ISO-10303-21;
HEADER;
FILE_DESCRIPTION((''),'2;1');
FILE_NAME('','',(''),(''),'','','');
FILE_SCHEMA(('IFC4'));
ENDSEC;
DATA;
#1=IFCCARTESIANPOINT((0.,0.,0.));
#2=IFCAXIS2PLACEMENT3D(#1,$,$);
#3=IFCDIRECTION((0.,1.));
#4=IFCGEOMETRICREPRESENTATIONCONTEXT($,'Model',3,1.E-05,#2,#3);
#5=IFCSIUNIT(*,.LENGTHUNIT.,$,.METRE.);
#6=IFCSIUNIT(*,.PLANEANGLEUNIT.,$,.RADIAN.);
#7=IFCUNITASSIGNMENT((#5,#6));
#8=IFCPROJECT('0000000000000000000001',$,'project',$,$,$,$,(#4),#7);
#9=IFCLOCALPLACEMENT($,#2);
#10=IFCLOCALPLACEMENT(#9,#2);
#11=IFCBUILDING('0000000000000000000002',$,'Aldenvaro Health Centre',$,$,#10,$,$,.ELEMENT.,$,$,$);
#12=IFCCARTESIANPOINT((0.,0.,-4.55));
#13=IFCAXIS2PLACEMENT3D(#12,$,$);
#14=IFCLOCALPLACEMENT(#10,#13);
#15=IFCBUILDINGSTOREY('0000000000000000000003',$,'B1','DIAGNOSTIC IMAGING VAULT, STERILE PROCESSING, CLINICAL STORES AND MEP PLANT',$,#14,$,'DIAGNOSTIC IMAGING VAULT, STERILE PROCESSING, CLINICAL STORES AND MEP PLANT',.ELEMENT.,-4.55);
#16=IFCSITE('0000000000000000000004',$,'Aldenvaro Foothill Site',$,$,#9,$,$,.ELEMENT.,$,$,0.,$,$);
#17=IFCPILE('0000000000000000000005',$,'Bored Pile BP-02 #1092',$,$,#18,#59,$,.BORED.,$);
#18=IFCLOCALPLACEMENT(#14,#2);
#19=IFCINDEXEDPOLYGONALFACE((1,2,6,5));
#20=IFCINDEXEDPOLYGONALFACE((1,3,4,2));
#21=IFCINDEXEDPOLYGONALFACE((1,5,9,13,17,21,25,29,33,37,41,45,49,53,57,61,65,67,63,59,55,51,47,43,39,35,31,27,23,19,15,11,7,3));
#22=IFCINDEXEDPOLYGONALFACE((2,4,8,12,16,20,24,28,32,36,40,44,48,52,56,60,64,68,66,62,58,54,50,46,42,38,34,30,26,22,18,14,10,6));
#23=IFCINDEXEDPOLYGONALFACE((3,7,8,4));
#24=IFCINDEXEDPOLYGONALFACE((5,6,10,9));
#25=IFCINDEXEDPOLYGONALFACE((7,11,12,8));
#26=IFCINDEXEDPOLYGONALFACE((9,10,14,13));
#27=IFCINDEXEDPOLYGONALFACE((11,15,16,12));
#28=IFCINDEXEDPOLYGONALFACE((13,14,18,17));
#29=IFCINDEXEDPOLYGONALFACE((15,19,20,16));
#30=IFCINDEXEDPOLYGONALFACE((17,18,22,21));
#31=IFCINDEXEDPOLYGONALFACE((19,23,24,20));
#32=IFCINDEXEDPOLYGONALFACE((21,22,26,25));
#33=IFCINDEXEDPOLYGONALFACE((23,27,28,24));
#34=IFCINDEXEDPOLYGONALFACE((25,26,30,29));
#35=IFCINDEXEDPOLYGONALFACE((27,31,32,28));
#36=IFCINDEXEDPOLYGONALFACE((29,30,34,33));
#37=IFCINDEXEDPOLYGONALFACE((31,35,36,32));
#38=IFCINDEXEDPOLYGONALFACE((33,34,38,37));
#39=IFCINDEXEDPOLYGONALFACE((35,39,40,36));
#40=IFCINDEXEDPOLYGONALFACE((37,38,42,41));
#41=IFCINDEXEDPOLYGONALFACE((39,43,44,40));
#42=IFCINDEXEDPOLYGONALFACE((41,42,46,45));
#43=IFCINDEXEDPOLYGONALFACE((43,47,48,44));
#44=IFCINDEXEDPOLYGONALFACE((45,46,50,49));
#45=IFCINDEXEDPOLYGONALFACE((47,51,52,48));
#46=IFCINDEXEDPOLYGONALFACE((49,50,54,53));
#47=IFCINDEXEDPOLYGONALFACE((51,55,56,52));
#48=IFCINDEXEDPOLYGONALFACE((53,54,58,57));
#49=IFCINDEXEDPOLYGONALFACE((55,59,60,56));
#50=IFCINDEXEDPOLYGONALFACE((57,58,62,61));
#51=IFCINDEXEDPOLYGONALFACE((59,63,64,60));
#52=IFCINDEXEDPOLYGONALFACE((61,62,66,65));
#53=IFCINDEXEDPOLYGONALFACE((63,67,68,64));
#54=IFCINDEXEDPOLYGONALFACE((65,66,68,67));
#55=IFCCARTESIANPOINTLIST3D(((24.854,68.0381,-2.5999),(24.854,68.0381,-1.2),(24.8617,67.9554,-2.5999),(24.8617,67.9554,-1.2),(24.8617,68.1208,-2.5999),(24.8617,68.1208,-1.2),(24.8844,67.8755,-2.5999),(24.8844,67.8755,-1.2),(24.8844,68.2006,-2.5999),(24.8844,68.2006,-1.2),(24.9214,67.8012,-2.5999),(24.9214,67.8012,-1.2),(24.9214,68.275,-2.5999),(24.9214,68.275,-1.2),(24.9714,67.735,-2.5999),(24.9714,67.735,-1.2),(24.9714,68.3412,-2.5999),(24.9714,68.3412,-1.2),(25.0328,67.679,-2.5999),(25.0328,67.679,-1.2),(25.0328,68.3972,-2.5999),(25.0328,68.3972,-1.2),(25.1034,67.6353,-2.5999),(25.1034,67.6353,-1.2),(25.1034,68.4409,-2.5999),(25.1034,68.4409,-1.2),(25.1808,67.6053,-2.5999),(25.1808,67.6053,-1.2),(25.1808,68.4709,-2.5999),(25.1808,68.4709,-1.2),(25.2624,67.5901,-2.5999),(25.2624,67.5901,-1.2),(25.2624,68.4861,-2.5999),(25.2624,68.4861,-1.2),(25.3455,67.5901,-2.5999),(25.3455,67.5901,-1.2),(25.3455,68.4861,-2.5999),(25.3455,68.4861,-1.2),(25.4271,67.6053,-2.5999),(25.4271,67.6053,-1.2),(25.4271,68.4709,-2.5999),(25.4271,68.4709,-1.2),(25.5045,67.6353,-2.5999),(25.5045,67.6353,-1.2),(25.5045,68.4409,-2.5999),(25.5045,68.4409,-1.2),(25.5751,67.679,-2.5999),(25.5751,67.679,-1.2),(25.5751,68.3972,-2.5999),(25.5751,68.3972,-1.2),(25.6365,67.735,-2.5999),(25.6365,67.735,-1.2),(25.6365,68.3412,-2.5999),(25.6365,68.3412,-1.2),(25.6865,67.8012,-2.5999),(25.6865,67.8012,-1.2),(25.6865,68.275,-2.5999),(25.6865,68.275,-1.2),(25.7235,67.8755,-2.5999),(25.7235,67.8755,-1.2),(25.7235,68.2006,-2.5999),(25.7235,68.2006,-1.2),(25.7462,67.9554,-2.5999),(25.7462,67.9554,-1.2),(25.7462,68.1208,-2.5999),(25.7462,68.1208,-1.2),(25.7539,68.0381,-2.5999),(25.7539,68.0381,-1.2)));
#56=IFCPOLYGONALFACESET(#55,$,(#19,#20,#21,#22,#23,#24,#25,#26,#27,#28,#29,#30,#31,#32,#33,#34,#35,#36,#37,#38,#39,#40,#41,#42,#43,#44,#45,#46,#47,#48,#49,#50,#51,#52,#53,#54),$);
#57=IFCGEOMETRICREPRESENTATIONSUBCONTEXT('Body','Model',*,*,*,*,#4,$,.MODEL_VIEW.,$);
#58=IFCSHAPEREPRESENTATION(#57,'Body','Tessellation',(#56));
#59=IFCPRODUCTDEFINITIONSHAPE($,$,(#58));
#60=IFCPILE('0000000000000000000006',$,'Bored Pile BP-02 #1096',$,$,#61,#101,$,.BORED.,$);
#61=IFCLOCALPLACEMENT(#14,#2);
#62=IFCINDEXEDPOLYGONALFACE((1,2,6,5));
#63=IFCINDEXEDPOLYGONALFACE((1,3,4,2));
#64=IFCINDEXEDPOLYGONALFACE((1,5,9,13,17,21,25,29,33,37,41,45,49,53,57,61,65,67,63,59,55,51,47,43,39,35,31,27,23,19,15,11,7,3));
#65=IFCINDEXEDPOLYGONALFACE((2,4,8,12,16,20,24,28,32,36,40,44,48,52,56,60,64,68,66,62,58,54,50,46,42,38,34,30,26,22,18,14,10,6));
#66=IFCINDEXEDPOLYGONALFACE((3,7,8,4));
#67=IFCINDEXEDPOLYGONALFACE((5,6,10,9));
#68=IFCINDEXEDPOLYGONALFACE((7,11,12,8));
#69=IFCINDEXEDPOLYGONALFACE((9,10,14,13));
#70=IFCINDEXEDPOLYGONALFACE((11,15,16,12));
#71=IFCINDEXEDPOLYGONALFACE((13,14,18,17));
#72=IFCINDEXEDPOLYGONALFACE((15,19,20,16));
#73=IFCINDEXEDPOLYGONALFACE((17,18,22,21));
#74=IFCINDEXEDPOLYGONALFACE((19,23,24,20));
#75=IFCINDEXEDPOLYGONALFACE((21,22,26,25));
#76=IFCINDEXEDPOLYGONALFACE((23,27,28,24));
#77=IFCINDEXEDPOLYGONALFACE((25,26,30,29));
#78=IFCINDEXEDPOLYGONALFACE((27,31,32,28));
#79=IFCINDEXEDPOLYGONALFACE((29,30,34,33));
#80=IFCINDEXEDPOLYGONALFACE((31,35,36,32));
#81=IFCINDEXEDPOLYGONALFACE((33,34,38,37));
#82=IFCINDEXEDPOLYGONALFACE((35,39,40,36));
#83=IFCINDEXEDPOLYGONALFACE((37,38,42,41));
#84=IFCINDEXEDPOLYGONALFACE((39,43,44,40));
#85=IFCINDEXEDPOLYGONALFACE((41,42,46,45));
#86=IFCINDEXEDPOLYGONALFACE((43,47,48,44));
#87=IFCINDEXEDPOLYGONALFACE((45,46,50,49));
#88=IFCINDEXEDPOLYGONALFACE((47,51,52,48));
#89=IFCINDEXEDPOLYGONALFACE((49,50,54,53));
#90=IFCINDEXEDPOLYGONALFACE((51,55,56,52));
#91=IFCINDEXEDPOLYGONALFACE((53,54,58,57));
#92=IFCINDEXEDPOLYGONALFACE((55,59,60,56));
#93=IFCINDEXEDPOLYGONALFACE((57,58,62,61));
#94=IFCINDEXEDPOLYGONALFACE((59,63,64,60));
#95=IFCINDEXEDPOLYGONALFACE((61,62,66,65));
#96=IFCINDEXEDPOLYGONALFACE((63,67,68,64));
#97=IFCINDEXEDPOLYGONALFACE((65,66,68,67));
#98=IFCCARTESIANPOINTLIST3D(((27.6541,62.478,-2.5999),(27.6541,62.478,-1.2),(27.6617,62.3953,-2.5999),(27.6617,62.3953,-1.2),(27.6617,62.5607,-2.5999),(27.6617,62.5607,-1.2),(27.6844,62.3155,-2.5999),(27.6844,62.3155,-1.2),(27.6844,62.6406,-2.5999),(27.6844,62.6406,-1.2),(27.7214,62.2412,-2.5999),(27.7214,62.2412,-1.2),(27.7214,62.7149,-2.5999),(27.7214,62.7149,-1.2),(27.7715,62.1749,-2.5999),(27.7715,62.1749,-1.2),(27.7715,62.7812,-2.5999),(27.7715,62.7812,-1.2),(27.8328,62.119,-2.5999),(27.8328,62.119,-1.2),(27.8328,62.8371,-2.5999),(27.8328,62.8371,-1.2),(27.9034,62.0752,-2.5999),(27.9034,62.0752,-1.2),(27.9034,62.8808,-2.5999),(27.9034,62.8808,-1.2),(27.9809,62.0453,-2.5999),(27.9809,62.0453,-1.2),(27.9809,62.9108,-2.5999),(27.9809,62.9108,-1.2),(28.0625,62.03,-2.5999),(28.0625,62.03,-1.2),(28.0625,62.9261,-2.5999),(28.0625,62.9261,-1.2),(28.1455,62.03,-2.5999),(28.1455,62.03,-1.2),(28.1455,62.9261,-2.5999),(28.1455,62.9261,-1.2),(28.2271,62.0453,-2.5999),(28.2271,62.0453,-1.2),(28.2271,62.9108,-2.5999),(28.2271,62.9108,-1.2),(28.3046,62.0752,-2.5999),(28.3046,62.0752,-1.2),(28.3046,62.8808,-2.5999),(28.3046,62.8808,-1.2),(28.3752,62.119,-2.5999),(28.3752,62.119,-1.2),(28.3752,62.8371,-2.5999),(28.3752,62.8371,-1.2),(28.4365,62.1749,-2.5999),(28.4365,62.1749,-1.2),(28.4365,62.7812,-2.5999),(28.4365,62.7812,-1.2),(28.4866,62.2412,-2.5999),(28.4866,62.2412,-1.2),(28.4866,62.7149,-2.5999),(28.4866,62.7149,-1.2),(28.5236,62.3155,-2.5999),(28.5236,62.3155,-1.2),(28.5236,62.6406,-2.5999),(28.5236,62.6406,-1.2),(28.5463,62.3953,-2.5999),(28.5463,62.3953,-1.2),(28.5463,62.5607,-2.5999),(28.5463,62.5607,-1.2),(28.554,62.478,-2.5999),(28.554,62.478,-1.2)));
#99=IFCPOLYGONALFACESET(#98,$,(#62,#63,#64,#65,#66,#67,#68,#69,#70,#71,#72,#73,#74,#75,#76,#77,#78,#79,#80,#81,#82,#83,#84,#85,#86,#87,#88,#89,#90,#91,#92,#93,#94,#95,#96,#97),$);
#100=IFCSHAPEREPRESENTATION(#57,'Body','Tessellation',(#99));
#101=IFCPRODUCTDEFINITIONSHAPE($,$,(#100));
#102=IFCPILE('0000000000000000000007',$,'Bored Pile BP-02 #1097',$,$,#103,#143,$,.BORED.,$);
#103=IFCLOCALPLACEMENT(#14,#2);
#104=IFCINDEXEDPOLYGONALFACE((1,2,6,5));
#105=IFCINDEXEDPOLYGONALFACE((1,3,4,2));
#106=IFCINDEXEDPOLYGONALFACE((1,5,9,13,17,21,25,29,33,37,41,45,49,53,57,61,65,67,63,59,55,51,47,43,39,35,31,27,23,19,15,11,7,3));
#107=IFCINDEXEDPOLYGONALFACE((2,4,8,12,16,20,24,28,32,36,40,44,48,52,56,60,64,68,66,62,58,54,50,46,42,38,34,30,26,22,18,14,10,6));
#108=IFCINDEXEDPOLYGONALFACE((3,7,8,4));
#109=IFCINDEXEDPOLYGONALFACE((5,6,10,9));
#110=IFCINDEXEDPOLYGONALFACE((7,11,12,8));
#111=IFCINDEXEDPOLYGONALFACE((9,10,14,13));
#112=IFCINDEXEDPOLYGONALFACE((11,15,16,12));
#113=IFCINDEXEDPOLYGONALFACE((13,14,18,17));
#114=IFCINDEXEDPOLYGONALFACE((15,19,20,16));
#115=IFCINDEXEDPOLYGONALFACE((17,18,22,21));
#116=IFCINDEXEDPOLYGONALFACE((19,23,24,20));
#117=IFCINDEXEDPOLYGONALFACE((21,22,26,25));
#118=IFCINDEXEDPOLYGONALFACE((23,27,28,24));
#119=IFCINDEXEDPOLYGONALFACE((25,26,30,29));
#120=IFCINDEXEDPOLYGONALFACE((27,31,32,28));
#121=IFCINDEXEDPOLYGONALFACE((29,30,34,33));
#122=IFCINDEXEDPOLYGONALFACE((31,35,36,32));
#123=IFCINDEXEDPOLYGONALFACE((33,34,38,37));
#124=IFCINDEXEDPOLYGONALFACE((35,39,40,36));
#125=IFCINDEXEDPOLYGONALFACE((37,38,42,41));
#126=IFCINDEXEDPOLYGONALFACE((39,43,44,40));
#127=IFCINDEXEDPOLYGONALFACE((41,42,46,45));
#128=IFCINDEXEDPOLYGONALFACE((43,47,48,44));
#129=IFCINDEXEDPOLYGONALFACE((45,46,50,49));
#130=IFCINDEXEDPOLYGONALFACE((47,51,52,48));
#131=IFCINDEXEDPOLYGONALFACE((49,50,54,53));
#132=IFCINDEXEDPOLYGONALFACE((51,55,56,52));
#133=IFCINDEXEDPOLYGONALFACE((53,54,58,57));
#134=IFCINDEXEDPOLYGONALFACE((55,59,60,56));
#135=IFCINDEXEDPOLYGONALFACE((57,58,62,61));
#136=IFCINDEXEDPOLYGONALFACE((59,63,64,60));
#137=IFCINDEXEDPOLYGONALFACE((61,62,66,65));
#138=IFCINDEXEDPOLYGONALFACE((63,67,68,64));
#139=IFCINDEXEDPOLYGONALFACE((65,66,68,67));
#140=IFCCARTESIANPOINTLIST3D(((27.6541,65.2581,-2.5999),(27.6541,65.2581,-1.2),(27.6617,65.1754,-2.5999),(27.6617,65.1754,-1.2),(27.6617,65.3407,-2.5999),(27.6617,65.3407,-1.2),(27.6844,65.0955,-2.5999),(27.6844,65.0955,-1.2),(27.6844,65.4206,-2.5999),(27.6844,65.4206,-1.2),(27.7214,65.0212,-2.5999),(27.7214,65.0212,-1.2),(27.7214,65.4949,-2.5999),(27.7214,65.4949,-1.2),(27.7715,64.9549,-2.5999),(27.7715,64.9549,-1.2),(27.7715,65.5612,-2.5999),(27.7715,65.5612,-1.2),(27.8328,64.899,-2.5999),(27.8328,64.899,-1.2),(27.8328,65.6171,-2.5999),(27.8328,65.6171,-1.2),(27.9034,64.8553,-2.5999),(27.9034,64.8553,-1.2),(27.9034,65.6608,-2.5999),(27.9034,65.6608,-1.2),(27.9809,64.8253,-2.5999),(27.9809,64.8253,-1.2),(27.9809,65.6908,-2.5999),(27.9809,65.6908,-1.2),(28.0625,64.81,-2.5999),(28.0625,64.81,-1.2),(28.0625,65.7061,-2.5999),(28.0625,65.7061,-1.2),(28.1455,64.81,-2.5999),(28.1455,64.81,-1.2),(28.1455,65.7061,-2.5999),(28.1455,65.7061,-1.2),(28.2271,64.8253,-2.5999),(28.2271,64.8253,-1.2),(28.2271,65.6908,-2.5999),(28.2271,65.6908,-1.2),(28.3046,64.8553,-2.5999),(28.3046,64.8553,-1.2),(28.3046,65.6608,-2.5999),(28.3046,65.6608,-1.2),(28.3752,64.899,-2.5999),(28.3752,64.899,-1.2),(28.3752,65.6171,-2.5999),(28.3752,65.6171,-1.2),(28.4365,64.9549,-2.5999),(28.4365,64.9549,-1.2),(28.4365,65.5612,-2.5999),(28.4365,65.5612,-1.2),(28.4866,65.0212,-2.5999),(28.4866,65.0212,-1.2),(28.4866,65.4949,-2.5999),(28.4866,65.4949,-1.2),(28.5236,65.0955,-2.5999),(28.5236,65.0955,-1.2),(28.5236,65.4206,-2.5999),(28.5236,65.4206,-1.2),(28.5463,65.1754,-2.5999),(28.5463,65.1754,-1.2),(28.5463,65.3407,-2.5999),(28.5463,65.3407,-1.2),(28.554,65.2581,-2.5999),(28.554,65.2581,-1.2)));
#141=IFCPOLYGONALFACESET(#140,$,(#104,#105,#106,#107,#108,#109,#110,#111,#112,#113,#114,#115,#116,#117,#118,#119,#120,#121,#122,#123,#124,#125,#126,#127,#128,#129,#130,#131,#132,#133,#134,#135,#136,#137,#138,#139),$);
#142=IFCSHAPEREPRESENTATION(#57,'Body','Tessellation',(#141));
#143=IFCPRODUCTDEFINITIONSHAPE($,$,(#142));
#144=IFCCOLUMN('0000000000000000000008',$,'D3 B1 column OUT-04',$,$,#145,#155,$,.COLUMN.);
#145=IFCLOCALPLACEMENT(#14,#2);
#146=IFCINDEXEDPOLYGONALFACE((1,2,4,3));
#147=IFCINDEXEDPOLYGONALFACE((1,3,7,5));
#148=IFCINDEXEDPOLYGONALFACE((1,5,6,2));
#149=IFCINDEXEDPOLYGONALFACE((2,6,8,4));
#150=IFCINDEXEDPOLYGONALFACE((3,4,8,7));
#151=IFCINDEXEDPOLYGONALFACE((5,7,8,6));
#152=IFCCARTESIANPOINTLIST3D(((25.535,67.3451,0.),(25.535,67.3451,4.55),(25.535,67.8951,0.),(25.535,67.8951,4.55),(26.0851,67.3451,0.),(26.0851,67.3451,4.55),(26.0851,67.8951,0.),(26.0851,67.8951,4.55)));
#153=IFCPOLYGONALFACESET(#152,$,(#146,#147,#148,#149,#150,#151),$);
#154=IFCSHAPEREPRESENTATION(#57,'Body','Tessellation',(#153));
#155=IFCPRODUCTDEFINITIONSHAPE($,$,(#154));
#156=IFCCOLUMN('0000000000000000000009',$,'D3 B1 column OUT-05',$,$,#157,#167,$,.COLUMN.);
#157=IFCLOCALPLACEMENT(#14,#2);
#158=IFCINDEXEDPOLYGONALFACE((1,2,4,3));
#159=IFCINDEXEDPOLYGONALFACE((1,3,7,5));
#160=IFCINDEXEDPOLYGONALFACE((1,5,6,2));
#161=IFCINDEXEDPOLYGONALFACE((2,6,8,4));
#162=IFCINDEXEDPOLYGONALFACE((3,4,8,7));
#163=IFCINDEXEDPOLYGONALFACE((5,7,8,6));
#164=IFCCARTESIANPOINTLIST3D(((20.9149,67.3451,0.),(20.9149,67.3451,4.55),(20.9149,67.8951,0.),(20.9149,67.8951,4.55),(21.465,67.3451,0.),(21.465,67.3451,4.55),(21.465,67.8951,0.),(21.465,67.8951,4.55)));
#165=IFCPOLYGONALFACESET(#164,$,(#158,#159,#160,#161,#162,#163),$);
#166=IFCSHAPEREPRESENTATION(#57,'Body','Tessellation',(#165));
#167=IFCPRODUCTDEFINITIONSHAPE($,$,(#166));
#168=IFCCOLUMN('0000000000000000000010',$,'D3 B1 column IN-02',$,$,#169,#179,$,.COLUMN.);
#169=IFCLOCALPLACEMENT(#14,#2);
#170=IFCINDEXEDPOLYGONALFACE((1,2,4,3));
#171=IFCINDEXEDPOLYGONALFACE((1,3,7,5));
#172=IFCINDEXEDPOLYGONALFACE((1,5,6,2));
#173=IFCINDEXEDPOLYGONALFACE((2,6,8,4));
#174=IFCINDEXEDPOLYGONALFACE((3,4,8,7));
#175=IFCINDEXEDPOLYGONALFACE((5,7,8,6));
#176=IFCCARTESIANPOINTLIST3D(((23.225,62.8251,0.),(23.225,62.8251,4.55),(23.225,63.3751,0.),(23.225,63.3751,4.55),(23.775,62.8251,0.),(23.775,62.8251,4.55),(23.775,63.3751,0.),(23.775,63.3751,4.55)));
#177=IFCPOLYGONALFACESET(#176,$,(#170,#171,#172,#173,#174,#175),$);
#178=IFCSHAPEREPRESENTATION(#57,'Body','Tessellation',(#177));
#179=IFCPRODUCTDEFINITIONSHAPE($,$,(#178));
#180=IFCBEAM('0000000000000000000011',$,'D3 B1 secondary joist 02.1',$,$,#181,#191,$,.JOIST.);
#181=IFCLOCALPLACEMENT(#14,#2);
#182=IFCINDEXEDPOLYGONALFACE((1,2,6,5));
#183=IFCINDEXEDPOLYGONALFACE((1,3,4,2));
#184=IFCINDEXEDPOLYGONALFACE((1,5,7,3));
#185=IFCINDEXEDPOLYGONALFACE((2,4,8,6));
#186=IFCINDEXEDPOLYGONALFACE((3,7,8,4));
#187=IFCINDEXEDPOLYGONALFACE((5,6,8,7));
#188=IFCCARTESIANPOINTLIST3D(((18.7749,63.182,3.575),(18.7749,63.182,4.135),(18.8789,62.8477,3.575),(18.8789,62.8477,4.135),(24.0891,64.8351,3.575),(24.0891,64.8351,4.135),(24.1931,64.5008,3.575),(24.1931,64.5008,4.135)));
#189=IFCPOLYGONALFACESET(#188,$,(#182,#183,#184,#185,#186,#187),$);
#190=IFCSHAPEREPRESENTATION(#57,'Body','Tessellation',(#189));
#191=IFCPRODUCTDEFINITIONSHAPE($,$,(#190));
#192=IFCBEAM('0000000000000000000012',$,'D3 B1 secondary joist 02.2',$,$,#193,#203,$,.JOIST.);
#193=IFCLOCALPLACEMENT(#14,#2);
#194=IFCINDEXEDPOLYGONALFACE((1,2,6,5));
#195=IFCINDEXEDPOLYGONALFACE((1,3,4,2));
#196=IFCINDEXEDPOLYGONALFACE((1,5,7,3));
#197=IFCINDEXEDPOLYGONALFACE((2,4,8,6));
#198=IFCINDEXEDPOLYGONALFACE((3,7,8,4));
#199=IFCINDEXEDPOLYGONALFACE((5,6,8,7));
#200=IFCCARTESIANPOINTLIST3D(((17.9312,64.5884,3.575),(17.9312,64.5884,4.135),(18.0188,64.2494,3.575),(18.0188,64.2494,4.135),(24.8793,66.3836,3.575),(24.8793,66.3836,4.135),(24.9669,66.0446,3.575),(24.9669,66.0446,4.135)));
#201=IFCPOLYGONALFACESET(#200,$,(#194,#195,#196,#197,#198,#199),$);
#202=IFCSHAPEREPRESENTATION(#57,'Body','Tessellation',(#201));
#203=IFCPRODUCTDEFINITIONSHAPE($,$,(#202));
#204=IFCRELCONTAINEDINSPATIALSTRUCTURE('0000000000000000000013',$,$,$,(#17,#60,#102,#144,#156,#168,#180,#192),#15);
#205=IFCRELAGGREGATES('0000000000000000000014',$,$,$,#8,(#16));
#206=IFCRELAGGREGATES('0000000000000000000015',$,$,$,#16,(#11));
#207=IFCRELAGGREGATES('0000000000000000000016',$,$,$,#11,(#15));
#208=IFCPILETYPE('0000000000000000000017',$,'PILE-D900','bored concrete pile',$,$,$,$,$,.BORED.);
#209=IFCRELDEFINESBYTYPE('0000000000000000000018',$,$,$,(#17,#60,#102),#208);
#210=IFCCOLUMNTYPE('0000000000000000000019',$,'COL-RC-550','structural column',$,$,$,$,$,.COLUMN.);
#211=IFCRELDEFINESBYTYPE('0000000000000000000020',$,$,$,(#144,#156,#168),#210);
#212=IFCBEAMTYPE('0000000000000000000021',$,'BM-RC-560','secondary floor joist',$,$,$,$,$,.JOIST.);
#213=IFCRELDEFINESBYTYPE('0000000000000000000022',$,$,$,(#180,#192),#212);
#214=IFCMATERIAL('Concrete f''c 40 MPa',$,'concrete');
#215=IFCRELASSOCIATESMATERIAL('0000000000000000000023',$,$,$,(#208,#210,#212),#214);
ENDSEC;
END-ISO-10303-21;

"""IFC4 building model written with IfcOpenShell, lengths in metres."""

from ifc_helpers import new_model, si_unit, direction, frame, origin, origin_2d, place, context, subcontext, project, spatial, rectangle, circle, extrude, material, material_profile, profile_set, type_object, element, save


model = new_model("IFC4")

# Units and contexts
model_context = context("Model", 3, precision=1e-05, world=origin(), true_north=direction((0.0, 1.0)))
body_context = subcontext(model_context, "Body", "Model", "MODEL_VIEW")
ifc_project = project(units=[si_unit("LENGTHUNIT", "METRE"), si_unit("PLANEANGLEUNIT", "RADIAN")], contexts=[model_context])

# Site, building, storey
site_placement = place(None, origin())
site = spatial("IfcSite", under=ifc_project, at=site_placement, Name="Aldenvaro Foothill Site", CompositionType="ELEMENT", RefElevation=0.0)
building_placement = place(site_placement, origin())
building = spatial("IfcBuilding", under=site, at=building_placement, Name="Aldenvaro Health Centre", CompositionType="ELEMENT")
storey_placement = place(building_placement, frame((0.0, 0.0, -4.55)))
storey = spatial("IfcBuildingStorey", under=building, at=storey_placement, Name="B1", Description="DIAGNOSTIC IMAGING VAULT, STERILE PROCESSING, CLINICAL STORES AND MEP PLANT", LongName="DIAGNOSTIC IMAGING VAULT, STERILE PROCESSING, CLINICAL STORES AND MEP PLANT", CompositionType="ELEMENT", Elevation=-4.55)

# Shared definitions
ifc_material_1 = material(Name="Concrete f'c 40 MPa", Category="concrete")

# Piles
ifc_material_profile_1 = material_profile(ifc_material_1, circle(Radius=0.45, at=origin_2d()), Name="PILE D900", Category="concrete")
ifc_profile_set_1 = profile_set([ifc_material_profile_1], Name="Concrete f'c 40 MPa")
pile_type = type_object("IfcPileType", Name="PILE-D900", Description="bored concrete pile", PredefinedType="BORED", material=ifc_profile_set_1)
for number, where, z_axis, x_axis, name in (
    (1, (25.304, 68.0381, -1.2), (0.0, 0.0, -1.0), (1.0, 0.0, 0.0), "Bored Pile BP-02 #1092"),
    (2, (28.104, 62.478, -1.2), (0.0, 0.0, -1.0), (1.0, 0.0, 0.0), "Bored Pile BP-02 #1096"),
    (3, (28.104, 65.2581, -1.2), (0.0, 0.0, -1.0), (1.0, 0.0, 0.0), "Bored Pile BP-02 #1097"),
):
    element("IfcPile", number, at=place(storey_placement, frame(where, z_axis=z_axis, x_axis=x_axis)), inside=storey, type_object=pile_type, Name=name, PredefinedType="BORED", context=body_context, shape_type="SweptSolid", body=[
        extrude(circle(Radius=0.45, at=origin_2d()), origin(), (0.0, 0.0, 1.0), 1.3999),
    ])

# Columns
ifc_material_profile_2 = material_profile(ifc_material_1, rectangle(XDim=0.55, YDim=0.55, at=origin_2d()), Name="RC 550x550", Category="concrete")
ifc_profile_set_2 = profile_set([ifc_material_profile_2], Name="Concrete f'c 40 MPa")
column_type = type_object("IfcColumnType", Name="COL-RC-550", Description="structural column", PredefinedType="COLUMN", material=ifc_profile_set_2)
for number, where, z_axis, x_axis, name in (
    (4, (25.8101, 67.6201, 0.0), (0.0, 0.0, 1.0), (1.0, 0.0, 0.0), "D3 B1 column OUT-04"),
    (5, (21.1899, 67.6201, 0.0), (0.0, 0.0, 1.0), (1.0, 0.0, 0.0), "D3 B1 column OUT-05"),
    (6, (23.5, 63.1001, 0.0), (0.0, 0.0, 1.0), (1.0, 0.0, 0.0), "D3 B1 column IN-02"),
):
    element("IfcColumn", number, at=place(storey_placement, frame(where, z_axis=z_axis, x_axis=x_axis)), inside=storey, type_object=column_type, Name=name, PredefinedType="COLUMN", context=body_context, shape_type="SweptSolid", body=[
        extrude(rectangle(XDim=0.55, YDim=0.55, at=origin_2d()), origin(), (0.0, 0.0, 1.0), 4.55),
    ])

# Beams
ifc_material_profile_3 = material_profile(ifc_material_1, rectangle(XDim=0.3501, YDim=0.5601, at=origin_2d()), Name="RC 350x560", Category="concrete")
ifc_profile_set_3 = profile_set([ifc_material_profile_3], Name="Concrete f'c 40 MPa")
beam_type_1 = type_object("IfcBeamType", Name="BM-RC-560", Description="secondary floor joist", PredefinedType="JOIST", material=ifc_profile_set_3)
beam_1_placement = place(storey_placement, frame((24.1411, 64.668, 3.855), z_axis=(-0.954869, -0.297028, 0.0), x_axis=(0.297028, -0.954869, 0.0)))
element("IfcBeam", 7, at=beam_1_placement, inside=storey, type_object=beam_type_1, Name="D3 B1 secondary joist 02.1", PredefinedType="JOIST", context=body_context, shape_type="SweptSolid", body=[
    extrude(rectangle(XDim=0.3501, YDim=0.5601, at=origin_2d()), origin(), (0.0, 0.0, 1.0), 5.5654),
])
beam_2_placement = place(storey_placement, frame((24.9231, 66.2141, 3.855), z_axis=(-0.968205, -0.250157, 0.0), x_axis=(0.250157, -0.968205, 0.0)))
element("IfcBeam", 8, at=beam_2_placement, inside=storey, type_object=beam_type_1, Name="D3 B1 secondary joist 02.2", PredefinedType="JOIST", context=body_context, shape_type="SweptSolid", body=[
    extrude(rectangle(XDim=0.3501, YDim=0.5601, at=origin_2d()), origin(), (0.0, 0.0, 1.0), 7.1763),
])

save(model, "model.ifc")
